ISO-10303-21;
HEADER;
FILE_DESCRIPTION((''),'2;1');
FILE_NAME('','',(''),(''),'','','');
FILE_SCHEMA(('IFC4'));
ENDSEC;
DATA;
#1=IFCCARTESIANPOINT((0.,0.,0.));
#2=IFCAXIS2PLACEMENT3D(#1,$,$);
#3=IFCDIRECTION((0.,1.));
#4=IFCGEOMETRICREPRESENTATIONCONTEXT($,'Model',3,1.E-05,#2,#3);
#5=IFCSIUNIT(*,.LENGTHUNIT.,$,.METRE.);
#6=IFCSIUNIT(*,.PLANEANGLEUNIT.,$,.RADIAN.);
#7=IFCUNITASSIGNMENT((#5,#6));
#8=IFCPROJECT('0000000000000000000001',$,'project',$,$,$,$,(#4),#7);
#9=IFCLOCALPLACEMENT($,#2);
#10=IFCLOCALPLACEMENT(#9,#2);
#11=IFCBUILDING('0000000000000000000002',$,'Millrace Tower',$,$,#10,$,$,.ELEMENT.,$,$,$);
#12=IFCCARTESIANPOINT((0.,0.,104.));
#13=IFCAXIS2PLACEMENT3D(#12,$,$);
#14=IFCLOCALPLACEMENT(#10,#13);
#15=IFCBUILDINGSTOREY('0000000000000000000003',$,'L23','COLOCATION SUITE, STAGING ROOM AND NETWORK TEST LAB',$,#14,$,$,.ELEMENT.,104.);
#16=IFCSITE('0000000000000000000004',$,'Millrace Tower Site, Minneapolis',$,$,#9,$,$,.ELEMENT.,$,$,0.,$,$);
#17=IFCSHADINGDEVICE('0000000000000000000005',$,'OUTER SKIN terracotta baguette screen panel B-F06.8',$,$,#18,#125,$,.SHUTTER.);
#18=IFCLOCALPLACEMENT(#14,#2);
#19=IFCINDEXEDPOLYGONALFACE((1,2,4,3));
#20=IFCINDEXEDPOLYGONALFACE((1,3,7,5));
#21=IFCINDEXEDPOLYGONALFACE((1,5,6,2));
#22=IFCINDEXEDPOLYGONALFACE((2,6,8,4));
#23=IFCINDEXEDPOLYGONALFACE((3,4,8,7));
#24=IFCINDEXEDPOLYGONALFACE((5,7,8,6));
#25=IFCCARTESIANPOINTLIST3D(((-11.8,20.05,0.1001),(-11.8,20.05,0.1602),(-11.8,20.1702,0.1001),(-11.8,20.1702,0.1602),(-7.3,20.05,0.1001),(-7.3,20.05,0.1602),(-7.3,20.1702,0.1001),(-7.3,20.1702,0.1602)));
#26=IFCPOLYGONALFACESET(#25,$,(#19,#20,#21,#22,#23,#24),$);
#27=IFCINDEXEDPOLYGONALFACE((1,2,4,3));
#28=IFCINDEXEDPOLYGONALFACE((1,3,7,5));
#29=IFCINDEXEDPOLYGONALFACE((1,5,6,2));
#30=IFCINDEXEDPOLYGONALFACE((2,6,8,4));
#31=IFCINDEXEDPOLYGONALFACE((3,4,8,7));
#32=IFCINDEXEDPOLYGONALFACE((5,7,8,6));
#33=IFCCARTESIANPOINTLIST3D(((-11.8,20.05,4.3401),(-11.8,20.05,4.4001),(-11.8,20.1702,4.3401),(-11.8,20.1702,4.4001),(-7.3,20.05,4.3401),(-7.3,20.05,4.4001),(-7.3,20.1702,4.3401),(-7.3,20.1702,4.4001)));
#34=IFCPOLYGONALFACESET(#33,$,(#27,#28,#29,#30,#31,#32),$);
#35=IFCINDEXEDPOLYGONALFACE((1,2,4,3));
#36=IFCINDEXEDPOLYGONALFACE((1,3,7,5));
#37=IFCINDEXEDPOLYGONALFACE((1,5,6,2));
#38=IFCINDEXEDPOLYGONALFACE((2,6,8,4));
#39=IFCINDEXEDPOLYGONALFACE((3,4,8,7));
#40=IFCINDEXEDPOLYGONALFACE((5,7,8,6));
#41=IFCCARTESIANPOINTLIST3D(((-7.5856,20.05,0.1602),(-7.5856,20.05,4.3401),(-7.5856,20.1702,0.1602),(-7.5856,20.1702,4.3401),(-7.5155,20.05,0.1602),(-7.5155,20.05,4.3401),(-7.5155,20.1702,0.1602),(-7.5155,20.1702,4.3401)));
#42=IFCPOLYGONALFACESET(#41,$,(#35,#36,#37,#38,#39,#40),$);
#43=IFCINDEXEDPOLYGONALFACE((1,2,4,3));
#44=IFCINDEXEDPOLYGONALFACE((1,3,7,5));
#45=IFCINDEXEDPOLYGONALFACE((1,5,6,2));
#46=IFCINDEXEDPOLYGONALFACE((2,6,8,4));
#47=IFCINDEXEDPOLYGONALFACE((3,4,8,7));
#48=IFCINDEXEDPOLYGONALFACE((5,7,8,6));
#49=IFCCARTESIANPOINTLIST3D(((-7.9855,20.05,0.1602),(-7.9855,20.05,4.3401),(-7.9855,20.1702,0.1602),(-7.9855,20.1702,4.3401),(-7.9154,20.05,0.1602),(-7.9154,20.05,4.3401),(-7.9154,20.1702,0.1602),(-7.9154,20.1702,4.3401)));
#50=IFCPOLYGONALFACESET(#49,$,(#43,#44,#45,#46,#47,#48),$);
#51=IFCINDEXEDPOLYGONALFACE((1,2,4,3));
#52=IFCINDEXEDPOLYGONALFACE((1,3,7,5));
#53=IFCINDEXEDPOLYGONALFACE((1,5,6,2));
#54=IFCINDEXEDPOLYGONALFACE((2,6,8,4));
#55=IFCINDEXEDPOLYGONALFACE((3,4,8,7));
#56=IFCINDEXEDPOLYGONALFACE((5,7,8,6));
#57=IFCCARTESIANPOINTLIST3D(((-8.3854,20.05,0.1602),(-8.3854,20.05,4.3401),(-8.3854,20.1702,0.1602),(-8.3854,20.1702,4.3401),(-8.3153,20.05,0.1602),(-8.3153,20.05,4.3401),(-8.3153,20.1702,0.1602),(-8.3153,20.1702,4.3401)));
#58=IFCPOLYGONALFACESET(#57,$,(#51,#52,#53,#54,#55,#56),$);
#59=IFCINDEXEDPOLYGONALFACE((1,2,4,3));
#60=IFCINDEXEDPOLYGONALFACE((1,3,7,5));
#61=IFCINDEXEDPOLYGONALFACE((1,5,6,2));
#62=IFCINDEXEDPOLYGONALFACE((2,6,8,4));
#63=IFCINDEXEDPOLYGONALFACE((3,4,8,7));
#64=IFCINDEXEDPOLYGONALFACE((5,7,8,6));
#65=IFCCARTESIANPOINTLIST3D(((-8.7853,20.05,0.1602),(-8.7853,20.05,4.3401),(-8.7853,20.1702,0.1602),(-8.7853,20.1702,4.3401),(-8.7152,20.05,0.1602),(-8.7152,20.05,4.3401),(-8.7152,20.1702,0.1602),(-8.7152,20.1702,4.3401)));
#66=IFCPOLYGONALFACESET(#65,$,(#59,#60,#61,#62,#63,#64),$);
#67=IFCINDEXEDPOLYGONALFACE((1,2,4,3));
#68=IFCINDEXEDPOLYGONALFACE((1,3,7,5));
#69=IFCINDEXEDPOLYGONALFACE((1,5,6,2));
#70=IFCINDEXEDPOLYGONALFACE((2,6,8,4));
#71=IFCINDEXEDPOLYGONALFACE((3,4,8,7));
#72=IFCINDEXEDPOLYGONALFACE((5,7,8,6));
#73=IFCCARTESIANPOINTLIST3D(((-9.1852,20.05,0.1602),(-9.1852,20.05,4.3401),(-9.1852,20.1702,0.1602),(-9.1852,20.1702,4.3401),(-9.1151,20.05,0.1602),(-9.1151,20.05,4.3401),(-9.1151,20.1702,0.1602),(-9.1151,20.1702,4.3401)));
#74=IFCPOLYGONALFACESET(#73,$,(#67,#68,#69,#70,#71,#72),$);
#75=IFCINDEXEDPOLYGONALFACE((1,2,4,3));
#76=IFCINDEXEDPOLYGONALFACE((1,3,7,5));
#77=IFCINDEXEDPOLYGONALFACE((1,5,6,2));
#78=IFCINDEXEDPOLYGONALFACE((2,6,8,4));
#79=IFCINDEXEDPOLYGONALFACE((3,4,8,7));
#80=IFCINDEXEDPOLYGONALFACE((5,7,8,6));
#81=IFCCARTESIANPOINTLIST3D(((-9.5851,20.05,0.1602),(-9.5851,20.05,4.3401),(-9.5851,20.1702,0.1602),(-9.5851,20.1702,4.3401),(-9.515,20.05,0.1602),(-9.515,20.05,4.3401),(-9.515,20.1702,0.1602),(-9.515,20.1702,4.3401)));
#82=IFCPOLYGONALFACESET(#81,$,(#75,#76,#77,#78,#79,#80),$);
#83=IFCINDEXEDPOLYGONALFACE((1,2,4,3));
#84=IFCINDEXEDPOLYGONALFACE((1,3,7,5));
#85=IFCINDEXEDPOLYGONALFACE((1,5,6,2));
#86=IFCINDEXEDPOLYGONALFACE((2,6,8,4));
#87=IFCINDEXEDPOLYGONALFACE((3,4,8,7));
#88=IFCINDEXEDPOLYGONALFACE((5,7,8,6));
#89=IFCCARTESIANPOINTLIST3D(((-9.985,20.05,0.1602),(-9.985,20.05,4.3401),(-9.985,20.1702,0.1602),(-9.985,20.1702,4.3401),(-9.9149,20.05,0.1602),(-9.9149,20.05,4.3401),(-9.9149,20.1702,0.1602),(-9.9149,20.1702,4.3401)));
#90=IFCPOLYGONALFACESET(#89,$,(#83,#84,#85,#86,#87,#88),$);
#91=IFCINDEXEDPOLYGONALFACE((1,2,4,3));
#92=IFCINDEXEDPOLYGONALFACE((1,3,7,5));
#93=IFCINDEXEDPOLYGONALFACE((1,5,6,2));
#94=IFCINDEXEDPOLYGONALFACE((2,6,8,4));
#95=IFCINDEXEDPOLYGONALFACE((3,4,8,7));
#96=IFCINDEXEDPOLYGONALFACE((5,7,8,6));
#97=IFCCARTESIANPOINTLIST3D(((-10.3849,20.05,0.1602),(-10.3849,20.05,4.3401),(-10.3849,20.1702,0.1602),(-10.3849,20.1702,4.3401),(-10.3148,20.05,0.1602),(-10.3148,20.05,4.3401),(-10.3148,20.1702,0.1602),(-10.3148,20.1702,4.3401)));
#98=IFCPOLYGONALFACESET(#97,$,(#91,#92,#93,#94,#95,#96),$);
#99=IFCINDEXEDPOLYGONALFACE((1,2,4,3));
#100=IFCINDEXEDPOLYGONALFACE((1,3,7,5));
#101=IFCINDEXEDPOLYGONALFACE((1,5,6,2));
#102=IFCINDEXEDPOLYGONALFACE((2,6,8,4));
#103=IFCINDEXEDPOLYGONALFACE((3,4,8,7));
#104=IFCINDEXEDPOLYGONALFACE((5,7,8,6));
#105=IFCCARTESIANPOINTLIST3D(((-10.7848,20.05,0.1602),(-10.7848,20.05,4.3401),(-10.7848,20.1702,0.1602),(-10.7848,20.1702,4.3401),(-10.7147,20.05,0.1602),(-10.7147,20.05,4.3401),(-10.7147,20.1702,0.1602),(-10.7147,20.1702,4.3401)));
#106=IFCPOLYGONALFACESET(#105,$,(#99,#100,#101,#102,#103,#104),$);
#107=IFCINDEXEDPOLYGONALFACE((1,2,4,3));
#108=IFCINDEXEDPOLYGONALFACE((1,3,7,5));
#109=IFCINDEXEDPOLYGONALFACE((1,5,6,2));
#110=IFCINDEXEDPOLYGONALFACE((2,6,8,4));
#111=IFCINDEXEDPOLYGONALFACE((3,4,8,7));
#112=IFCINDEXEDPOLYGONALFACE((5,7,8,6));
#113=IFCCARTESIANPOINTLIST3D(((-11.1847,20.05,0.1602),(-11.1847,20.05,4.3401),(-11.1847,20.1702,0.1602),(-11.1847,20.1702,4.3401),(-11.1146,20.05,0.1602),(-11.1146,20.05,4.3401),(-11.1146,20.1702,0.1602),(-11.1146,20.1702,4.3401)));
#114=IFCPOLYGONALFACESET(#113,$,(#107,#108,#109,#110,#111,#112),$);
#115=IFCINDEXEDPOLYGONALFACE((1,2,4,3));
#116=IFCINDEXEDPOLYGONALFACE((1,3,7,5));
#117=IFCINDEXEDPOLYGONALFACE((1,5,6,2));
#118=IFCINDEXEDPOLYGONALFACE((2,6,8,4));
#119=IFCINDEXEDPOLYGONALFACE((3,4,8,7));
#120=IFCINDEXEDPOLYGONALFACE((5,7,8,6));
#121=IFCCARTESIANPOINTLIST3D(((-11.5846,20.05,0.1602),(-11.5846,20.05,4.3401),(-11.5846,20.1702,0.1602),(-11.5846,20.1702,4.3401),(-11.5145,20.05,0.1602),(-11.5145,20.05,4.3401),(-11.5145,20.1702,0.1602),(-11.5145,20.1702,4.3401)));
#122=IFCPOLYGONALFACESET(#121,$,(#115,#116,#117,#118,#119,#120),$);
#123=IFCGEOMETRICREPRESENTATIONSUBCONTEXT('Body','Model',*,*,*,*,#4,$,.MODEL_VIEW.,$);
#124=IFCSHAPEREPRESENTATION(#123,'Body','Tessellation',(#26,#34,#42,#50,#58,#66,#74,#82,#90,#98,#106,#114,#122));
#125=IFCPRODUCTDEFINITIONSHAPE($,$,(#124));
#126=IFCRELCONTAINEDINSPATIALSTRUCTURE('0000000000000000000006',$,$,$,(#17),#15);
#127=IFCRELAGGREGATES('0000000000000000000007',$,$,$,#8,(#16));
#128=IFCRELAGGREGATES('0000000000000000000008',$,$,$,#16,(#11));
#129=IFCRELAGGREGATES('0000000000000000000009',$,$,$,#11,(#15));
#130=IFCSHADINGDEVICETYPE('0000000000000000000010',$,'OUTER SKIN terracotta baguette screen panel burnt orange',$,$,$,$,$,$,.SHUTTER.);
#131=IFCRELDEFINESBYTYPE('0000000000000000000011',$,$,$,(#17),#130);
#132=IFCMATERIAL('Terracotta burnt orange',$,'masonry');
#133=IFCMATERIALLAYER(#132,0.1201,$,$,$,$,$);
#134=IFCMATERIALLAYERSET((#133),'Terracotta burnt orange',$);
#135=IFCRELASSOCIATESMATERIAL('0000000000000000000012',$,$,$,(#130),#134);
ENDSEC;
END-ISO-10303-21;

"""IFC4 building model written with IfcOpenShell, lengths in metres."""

from ifc_helpers import new_model, entity, si_unit, direction, frame, frame_2d, origin, origin_2d, place, context, subcontext, project, spatial, rectangle, extrude, source, transform, mapped, material, layer, layer_set, type_object, element, save


model = new_model("IFC4")

# Units and contexts
model_context = context("Model", 3, precision=1e-05, world=origin(), true_north=direction((0.0, 1.0)))
body_context = subcontext(model_context, "Body", "Model", "MODEL_VIEW")
ifc_project = project(units=[si_unit("LENGTHUNIT", "METRE"), si_unit("PLANEANGLEUNIT", "RADIAN")], contexts=[model_context])

# Site, building, storey
site_placement = place(None, origin())
site = spatial("IfcSite", under=ifc_project, at=site_placement, Name="Millrace Tower Site, Minneapolis", CompositionType="ELEMENT", RefElevation=0.0)
building_placement = place(site_placement, origin())
building = spatial("IfcBuilding", under=site, at=building_placement, Name="Millrace Tower", CompositionType="ELEMENT")
storey_placement = place(building_placement, frame((0.0, 0.0, 104.0)))
storey = spatial("IfcBuildingStorey", under=building, at=storey_placement, Name="L23", Description="COLOCATION SUITE, STAGING ROOM AND NETWORK TEST LAB", CompositionType="ELEMENT", Elevation=104.0)

# Shading device
ifc_material_1 = material(Name="Terracotta burnt orange", Category="masonry")
ifc_layer_1 = layer(ifc_material_1, 0.1201)
ifc_layer_set_1 = layer_set([ifc_layer_1], Name="Terracotta burnt orange")
shading_device_type = type_object("IfcShadingDeviceType", Name="OUTER SKIN terracotta baguette screen panel burnt orange", PredefinedType="SHUTTER", material=ifc_layer_set_1)
cartesian_point = entity("IfcCartesianPoint", [-2.25, 0.0601])
shared_polyline = entity("IfcPolyline", [cartesian_point, entity("IfcCartesianPoint", [2.25, 0.0601]), entity("IfcCartesianPoint", [2.25, -0.0601]), entity("IfcCartesianPoint", [-2.25, -0.0601]), cartesian_point])
shared_shape = source(origin(), body_context, "Body", "SweptSolid", [
    entity("IfcExtrudedAreaSolid", entity("IfcArbitraryClosedProfileDef", "AREA", None, shared_polyline), entity("IfcAxis2Placement3D", entity("IfcCartesianPoint", [0.0, 0.0, 0.0])), entity("IfcDirection", [0.0, 0.0, 1.0]), 0.0601),
    entity("IfcExtrudedAreaSolid", entity("IfcArbitraryClosedProfileDef", "AREA", None, shared_polyline), entity("IfcAxis2Placement3D", entity("IfcCartesianPoint", [0.0, 0.0, 4.24])), entity("IfcDirection", [0.0, 0.0, 1.0]), 0.0601),
    extrude(rectangle(XDim=0.0701, YDim=0.1201, at=frame_2d((-1.9995, 0.0))), frame((0.0, 0.0, 0.0601)), (0.0, 0.0, 1.0), 4.1799),
    extrude(rectangle(XDim=0.0701, YDim=0.1201, at=frame_2d((-1.5996, 0.0))), frame((0.0, 0.0, 0.0601)), (0.0, 0.0, 1.0), 4.1799),
    extrude(rectangle(XDim=0.0701, YDim=0.1201, at=frame_2d((-1.1997, 0.0))), frame((0.0, 0.0, 0.0601)), (0.0, 0.0, 1.0), 4.1799),
    extrude(rectangle(XDim=0.0701, YDim=0.1201, at=frame_2d((-0.7998, 0.0))), frame((0.0, 0.0, 0.0601)), (0.0, 0.0, 1.0), 4.1799),
    extrude(rectangle(XDim=0.0701, YDim=0.1201, at=frame_2d((-0.3999, 0.0))), frame((0.0, 0.0, 0.0601)), (0.0, 0.0, 1.0), 4.1799),
    extrude(rectangle(XDim=0.0701, YDim=0.1201, at=origin_2d()), frame((0.0, 0.0, 0.0601)), (0.0, 0.0, 1.0), 4.1799),
    extrude(rectangle(XDim=0.0701, YDim=0.1201, at=frame_2d((0.3999, 0.0))), frame((0.0, 0.0, 0.0601)), (0.0, 0.0, 1.0), 4.1799),
    extrude(rectangle(XDim=0.0701, YDim=0.1201, at=frame_2d((0.7998, 0.0))), frame((0.0, 0.0, 0.0601)), (0.0, 0.0, 1.0), 4.1799),
    extrude(rectangle(XDim=0.0701, YDim=0.1201, at=frame_2d((1.1997, 0.0))), frame((0.0, 0.0, 0.0601)), (0.0, 0.0, 1.0), 4.1799),
    extrude(rectangle(XDim=0.0701, YDim=0.1201, at=frame_2d((1.5996, 0.0))), frame((0.0, 0.0, 0.0601)), (0.0, 0.0, 1.0), 4.1799),
    extrude(rectangle(XDim=0.0701, YDim=0.1201, at=frame_2d((1.9995, 0.0))), frame((0.0, 0.0, 0.0601)), (0.0, 0.0, 1.0), 4.1799),
])
for number, where, z_axis, x_axis, name in (
    (1, (-9.55, 20.1101, 0.1001), (0.0, 0.0, 1.0), (-1.0, 0.0, 0.0), "OUTER SKIN terracotta baguette screen panel B-F06.8"),
):
    element("IfcShadingDevice", number, at=place(storey_placement, frame(where, z_axis=z_axis, x_axis=x_axis)), inside=storey, type_object=shading_device_type, Name=name, PredefinedType="SHUTTER", context=body_context, shape_type="MappedRepresentation", body=[
        mapped(shared_shape, transform((0.0, 0.0, 0.0), scale=1.0)),
    ])

save(model, "model.ifc")
